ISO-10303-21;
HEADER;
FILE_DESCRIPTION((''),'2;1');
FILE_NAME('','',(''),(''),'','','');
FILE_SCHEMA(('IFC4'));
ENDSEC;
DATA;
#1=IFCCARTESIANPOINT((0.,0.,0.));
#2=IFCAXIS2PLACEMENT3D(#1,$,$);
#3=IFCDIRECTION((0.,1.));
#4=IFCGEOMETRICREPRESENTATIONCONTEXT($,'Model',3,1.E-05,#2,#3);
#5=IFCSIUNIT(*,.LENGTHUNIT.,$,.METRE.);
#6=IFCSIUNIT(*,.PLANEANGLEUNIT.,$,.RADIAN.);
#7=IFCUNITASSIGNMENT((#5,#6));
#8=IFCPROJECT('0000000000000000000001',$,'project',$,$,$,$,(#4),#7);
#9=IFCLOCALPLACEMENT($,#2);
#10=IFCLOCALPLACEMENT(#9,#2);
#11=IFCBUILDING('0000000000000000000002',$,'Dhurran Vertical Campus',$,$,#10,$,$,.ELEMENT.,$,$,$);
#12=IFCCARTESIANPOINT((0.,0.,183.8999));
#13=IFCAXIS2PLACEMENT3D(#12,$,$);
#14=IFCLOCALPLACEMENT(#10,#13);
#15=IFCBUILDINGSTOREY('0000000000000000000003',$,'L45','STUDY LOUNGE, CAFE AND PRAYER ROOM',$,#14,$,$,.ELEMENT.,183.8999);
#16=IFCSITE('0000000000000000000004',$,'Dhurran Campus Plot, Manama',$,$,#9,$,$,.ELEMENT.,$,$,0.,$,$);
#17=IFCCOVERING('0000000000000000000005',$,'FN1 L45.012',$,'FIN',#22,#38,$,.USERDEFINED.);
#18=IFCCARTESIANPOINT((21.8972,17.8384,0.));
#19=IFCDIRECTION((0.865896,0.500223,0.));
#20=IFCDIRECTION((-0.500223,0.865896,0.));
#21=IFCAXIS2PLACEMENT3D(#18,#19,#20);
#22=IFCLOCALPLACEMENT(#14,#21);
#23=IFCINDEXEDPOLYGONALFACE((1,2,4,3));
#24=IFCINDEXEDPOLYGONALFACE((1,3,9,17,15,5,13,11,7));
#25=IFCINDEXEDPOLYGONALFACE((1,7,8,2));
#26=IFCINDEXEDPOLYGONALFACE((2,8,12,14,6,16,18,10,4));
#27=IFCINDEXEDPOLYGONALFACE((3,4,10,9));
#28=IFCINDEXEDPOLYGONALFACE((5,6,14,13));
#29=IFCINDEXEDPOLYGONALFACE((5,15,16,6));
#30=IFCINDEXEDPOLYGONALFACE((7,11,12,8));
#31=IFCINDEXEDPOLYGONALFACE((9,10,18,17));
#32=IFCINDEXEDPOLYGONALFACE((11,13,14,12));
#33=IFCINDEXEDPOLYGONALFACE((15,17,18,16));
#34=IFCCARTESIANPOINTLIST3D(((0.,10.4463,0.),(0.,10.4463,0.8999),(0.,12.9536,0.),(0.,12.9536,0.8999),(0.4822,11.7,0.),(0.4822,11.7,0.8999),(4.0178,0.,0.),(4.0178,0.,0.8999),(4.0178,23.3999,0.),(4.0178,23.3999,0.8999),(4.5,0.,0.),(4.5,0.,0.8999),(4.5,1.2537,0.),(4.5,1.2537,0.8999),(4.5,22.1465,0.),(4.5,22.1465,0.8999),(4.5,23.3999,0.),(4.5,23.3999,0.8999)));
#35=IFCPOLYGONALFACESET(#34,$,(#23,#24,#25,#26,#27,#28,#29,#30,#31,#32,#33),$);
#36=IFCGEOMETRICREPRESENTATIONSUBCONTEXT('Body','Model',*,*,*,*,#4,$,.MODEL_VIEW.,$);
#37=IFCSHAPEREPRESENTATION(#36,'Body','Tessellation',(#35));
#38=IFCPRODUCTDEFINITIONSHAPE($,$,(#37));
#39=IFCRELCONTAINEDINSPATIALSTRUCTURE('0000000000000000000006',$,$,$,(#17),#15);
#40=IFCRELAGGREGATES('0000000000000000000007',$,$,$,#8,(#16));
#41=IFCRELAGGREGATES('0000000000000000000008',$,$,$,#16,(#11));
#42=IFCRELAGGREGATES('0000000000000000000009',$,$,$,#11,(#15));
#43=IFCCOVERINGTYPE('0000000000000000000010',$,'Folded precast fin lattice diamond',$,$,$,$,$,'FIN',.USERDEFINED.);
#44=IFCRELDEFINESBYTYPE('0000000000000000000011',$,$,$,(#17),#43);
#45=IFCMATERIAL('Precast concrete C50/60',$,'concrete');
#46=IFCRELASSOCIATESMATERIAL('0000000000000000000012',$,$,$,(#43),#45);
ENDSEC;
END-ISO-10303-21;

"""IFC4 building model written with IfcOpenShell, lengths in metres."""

from ifc_helpers import new_model, si_unit, direction, frame, origin, place, context, subcontext, project, spatial, polyline, outline, extrude, material, type_object, element, save


model = new_model("IFC4")

# Units and contexts
model_context = context("Model", 3, precision=1e-05, world=origin(), true_north=direction((0.0, 1.0)))
body_context = subcontext(model_context, "Body", "Model", "MODEL_VIEW")
ifc_project = project(units=[si_unit("LENGTHUNIT", "METRE"), si_unit("PLANEANGLEUNIT", "RADIAN")], contexts=[model_context])

# Site, building, storey
site_placement = place(None, origin())
site = spatial("IfcSite", under=ifc_project, at=site_placement, Name="Dhurran Campus Plot, Manama", CompositionType="ELEMENT", RefElevation=0.0)
building_placement = place(site_placement, origin())
building = spatial("IfcBuilding", under=site, at=building_placement, Name="Dhurran Vertical Campus", CompositionType="ELEMENT")
storey_placement = place(building_placement, frame((0.0, 0.0, 183.8999)))
storey = spatial("IfcBuildingStorey", under=building, at=storey_placement, Name="L45", Description="STUDY LOUNGE, CAFE AND PRAYER ROOM", CompositionType="ELEMENT", Elevation=183.8999)

# Covering
ifc_material_1 = material(Name="Precast concrete C50/60", Category="concrete")
covering_type = type_object("IfcCoveringType", Name="Folded precast fin lattice diamond", ElementType="FIN", PredefinedType="USERDEFINED", material=ifc_material_1)
covering_1_placement = place(storey_placement, frame((21.8972, 17.8384, 0.0), z_axis=(0.865896, 0.500223, 0.0), x_axis=(-0.500223, 0.865896, 0.0)))
element("IfcCovering", 1, at=covering_1_placement, inside=storey, type_object=covering_type, Name="FN1 L45.012", ObjectType="FIN", PredefinedType="USERDEFINED", context=body_context, shape_type="SweptSolid", body=[
    extrude(outline(polyline([(4.0178, 0.0), (0.0, 10.4463), (0.0, 12.9536), (4.0178, 23.3999), (4.5, 23.3999), (4.5, 22.1465), (0.4822, 11.7), (4.5, 1.2537), (4.5, 0.0), (4.0178, 0.0)])), origin(), (0.0, 0.0, 1.0), 0.8999),
])

save(model, "model.ifc")
